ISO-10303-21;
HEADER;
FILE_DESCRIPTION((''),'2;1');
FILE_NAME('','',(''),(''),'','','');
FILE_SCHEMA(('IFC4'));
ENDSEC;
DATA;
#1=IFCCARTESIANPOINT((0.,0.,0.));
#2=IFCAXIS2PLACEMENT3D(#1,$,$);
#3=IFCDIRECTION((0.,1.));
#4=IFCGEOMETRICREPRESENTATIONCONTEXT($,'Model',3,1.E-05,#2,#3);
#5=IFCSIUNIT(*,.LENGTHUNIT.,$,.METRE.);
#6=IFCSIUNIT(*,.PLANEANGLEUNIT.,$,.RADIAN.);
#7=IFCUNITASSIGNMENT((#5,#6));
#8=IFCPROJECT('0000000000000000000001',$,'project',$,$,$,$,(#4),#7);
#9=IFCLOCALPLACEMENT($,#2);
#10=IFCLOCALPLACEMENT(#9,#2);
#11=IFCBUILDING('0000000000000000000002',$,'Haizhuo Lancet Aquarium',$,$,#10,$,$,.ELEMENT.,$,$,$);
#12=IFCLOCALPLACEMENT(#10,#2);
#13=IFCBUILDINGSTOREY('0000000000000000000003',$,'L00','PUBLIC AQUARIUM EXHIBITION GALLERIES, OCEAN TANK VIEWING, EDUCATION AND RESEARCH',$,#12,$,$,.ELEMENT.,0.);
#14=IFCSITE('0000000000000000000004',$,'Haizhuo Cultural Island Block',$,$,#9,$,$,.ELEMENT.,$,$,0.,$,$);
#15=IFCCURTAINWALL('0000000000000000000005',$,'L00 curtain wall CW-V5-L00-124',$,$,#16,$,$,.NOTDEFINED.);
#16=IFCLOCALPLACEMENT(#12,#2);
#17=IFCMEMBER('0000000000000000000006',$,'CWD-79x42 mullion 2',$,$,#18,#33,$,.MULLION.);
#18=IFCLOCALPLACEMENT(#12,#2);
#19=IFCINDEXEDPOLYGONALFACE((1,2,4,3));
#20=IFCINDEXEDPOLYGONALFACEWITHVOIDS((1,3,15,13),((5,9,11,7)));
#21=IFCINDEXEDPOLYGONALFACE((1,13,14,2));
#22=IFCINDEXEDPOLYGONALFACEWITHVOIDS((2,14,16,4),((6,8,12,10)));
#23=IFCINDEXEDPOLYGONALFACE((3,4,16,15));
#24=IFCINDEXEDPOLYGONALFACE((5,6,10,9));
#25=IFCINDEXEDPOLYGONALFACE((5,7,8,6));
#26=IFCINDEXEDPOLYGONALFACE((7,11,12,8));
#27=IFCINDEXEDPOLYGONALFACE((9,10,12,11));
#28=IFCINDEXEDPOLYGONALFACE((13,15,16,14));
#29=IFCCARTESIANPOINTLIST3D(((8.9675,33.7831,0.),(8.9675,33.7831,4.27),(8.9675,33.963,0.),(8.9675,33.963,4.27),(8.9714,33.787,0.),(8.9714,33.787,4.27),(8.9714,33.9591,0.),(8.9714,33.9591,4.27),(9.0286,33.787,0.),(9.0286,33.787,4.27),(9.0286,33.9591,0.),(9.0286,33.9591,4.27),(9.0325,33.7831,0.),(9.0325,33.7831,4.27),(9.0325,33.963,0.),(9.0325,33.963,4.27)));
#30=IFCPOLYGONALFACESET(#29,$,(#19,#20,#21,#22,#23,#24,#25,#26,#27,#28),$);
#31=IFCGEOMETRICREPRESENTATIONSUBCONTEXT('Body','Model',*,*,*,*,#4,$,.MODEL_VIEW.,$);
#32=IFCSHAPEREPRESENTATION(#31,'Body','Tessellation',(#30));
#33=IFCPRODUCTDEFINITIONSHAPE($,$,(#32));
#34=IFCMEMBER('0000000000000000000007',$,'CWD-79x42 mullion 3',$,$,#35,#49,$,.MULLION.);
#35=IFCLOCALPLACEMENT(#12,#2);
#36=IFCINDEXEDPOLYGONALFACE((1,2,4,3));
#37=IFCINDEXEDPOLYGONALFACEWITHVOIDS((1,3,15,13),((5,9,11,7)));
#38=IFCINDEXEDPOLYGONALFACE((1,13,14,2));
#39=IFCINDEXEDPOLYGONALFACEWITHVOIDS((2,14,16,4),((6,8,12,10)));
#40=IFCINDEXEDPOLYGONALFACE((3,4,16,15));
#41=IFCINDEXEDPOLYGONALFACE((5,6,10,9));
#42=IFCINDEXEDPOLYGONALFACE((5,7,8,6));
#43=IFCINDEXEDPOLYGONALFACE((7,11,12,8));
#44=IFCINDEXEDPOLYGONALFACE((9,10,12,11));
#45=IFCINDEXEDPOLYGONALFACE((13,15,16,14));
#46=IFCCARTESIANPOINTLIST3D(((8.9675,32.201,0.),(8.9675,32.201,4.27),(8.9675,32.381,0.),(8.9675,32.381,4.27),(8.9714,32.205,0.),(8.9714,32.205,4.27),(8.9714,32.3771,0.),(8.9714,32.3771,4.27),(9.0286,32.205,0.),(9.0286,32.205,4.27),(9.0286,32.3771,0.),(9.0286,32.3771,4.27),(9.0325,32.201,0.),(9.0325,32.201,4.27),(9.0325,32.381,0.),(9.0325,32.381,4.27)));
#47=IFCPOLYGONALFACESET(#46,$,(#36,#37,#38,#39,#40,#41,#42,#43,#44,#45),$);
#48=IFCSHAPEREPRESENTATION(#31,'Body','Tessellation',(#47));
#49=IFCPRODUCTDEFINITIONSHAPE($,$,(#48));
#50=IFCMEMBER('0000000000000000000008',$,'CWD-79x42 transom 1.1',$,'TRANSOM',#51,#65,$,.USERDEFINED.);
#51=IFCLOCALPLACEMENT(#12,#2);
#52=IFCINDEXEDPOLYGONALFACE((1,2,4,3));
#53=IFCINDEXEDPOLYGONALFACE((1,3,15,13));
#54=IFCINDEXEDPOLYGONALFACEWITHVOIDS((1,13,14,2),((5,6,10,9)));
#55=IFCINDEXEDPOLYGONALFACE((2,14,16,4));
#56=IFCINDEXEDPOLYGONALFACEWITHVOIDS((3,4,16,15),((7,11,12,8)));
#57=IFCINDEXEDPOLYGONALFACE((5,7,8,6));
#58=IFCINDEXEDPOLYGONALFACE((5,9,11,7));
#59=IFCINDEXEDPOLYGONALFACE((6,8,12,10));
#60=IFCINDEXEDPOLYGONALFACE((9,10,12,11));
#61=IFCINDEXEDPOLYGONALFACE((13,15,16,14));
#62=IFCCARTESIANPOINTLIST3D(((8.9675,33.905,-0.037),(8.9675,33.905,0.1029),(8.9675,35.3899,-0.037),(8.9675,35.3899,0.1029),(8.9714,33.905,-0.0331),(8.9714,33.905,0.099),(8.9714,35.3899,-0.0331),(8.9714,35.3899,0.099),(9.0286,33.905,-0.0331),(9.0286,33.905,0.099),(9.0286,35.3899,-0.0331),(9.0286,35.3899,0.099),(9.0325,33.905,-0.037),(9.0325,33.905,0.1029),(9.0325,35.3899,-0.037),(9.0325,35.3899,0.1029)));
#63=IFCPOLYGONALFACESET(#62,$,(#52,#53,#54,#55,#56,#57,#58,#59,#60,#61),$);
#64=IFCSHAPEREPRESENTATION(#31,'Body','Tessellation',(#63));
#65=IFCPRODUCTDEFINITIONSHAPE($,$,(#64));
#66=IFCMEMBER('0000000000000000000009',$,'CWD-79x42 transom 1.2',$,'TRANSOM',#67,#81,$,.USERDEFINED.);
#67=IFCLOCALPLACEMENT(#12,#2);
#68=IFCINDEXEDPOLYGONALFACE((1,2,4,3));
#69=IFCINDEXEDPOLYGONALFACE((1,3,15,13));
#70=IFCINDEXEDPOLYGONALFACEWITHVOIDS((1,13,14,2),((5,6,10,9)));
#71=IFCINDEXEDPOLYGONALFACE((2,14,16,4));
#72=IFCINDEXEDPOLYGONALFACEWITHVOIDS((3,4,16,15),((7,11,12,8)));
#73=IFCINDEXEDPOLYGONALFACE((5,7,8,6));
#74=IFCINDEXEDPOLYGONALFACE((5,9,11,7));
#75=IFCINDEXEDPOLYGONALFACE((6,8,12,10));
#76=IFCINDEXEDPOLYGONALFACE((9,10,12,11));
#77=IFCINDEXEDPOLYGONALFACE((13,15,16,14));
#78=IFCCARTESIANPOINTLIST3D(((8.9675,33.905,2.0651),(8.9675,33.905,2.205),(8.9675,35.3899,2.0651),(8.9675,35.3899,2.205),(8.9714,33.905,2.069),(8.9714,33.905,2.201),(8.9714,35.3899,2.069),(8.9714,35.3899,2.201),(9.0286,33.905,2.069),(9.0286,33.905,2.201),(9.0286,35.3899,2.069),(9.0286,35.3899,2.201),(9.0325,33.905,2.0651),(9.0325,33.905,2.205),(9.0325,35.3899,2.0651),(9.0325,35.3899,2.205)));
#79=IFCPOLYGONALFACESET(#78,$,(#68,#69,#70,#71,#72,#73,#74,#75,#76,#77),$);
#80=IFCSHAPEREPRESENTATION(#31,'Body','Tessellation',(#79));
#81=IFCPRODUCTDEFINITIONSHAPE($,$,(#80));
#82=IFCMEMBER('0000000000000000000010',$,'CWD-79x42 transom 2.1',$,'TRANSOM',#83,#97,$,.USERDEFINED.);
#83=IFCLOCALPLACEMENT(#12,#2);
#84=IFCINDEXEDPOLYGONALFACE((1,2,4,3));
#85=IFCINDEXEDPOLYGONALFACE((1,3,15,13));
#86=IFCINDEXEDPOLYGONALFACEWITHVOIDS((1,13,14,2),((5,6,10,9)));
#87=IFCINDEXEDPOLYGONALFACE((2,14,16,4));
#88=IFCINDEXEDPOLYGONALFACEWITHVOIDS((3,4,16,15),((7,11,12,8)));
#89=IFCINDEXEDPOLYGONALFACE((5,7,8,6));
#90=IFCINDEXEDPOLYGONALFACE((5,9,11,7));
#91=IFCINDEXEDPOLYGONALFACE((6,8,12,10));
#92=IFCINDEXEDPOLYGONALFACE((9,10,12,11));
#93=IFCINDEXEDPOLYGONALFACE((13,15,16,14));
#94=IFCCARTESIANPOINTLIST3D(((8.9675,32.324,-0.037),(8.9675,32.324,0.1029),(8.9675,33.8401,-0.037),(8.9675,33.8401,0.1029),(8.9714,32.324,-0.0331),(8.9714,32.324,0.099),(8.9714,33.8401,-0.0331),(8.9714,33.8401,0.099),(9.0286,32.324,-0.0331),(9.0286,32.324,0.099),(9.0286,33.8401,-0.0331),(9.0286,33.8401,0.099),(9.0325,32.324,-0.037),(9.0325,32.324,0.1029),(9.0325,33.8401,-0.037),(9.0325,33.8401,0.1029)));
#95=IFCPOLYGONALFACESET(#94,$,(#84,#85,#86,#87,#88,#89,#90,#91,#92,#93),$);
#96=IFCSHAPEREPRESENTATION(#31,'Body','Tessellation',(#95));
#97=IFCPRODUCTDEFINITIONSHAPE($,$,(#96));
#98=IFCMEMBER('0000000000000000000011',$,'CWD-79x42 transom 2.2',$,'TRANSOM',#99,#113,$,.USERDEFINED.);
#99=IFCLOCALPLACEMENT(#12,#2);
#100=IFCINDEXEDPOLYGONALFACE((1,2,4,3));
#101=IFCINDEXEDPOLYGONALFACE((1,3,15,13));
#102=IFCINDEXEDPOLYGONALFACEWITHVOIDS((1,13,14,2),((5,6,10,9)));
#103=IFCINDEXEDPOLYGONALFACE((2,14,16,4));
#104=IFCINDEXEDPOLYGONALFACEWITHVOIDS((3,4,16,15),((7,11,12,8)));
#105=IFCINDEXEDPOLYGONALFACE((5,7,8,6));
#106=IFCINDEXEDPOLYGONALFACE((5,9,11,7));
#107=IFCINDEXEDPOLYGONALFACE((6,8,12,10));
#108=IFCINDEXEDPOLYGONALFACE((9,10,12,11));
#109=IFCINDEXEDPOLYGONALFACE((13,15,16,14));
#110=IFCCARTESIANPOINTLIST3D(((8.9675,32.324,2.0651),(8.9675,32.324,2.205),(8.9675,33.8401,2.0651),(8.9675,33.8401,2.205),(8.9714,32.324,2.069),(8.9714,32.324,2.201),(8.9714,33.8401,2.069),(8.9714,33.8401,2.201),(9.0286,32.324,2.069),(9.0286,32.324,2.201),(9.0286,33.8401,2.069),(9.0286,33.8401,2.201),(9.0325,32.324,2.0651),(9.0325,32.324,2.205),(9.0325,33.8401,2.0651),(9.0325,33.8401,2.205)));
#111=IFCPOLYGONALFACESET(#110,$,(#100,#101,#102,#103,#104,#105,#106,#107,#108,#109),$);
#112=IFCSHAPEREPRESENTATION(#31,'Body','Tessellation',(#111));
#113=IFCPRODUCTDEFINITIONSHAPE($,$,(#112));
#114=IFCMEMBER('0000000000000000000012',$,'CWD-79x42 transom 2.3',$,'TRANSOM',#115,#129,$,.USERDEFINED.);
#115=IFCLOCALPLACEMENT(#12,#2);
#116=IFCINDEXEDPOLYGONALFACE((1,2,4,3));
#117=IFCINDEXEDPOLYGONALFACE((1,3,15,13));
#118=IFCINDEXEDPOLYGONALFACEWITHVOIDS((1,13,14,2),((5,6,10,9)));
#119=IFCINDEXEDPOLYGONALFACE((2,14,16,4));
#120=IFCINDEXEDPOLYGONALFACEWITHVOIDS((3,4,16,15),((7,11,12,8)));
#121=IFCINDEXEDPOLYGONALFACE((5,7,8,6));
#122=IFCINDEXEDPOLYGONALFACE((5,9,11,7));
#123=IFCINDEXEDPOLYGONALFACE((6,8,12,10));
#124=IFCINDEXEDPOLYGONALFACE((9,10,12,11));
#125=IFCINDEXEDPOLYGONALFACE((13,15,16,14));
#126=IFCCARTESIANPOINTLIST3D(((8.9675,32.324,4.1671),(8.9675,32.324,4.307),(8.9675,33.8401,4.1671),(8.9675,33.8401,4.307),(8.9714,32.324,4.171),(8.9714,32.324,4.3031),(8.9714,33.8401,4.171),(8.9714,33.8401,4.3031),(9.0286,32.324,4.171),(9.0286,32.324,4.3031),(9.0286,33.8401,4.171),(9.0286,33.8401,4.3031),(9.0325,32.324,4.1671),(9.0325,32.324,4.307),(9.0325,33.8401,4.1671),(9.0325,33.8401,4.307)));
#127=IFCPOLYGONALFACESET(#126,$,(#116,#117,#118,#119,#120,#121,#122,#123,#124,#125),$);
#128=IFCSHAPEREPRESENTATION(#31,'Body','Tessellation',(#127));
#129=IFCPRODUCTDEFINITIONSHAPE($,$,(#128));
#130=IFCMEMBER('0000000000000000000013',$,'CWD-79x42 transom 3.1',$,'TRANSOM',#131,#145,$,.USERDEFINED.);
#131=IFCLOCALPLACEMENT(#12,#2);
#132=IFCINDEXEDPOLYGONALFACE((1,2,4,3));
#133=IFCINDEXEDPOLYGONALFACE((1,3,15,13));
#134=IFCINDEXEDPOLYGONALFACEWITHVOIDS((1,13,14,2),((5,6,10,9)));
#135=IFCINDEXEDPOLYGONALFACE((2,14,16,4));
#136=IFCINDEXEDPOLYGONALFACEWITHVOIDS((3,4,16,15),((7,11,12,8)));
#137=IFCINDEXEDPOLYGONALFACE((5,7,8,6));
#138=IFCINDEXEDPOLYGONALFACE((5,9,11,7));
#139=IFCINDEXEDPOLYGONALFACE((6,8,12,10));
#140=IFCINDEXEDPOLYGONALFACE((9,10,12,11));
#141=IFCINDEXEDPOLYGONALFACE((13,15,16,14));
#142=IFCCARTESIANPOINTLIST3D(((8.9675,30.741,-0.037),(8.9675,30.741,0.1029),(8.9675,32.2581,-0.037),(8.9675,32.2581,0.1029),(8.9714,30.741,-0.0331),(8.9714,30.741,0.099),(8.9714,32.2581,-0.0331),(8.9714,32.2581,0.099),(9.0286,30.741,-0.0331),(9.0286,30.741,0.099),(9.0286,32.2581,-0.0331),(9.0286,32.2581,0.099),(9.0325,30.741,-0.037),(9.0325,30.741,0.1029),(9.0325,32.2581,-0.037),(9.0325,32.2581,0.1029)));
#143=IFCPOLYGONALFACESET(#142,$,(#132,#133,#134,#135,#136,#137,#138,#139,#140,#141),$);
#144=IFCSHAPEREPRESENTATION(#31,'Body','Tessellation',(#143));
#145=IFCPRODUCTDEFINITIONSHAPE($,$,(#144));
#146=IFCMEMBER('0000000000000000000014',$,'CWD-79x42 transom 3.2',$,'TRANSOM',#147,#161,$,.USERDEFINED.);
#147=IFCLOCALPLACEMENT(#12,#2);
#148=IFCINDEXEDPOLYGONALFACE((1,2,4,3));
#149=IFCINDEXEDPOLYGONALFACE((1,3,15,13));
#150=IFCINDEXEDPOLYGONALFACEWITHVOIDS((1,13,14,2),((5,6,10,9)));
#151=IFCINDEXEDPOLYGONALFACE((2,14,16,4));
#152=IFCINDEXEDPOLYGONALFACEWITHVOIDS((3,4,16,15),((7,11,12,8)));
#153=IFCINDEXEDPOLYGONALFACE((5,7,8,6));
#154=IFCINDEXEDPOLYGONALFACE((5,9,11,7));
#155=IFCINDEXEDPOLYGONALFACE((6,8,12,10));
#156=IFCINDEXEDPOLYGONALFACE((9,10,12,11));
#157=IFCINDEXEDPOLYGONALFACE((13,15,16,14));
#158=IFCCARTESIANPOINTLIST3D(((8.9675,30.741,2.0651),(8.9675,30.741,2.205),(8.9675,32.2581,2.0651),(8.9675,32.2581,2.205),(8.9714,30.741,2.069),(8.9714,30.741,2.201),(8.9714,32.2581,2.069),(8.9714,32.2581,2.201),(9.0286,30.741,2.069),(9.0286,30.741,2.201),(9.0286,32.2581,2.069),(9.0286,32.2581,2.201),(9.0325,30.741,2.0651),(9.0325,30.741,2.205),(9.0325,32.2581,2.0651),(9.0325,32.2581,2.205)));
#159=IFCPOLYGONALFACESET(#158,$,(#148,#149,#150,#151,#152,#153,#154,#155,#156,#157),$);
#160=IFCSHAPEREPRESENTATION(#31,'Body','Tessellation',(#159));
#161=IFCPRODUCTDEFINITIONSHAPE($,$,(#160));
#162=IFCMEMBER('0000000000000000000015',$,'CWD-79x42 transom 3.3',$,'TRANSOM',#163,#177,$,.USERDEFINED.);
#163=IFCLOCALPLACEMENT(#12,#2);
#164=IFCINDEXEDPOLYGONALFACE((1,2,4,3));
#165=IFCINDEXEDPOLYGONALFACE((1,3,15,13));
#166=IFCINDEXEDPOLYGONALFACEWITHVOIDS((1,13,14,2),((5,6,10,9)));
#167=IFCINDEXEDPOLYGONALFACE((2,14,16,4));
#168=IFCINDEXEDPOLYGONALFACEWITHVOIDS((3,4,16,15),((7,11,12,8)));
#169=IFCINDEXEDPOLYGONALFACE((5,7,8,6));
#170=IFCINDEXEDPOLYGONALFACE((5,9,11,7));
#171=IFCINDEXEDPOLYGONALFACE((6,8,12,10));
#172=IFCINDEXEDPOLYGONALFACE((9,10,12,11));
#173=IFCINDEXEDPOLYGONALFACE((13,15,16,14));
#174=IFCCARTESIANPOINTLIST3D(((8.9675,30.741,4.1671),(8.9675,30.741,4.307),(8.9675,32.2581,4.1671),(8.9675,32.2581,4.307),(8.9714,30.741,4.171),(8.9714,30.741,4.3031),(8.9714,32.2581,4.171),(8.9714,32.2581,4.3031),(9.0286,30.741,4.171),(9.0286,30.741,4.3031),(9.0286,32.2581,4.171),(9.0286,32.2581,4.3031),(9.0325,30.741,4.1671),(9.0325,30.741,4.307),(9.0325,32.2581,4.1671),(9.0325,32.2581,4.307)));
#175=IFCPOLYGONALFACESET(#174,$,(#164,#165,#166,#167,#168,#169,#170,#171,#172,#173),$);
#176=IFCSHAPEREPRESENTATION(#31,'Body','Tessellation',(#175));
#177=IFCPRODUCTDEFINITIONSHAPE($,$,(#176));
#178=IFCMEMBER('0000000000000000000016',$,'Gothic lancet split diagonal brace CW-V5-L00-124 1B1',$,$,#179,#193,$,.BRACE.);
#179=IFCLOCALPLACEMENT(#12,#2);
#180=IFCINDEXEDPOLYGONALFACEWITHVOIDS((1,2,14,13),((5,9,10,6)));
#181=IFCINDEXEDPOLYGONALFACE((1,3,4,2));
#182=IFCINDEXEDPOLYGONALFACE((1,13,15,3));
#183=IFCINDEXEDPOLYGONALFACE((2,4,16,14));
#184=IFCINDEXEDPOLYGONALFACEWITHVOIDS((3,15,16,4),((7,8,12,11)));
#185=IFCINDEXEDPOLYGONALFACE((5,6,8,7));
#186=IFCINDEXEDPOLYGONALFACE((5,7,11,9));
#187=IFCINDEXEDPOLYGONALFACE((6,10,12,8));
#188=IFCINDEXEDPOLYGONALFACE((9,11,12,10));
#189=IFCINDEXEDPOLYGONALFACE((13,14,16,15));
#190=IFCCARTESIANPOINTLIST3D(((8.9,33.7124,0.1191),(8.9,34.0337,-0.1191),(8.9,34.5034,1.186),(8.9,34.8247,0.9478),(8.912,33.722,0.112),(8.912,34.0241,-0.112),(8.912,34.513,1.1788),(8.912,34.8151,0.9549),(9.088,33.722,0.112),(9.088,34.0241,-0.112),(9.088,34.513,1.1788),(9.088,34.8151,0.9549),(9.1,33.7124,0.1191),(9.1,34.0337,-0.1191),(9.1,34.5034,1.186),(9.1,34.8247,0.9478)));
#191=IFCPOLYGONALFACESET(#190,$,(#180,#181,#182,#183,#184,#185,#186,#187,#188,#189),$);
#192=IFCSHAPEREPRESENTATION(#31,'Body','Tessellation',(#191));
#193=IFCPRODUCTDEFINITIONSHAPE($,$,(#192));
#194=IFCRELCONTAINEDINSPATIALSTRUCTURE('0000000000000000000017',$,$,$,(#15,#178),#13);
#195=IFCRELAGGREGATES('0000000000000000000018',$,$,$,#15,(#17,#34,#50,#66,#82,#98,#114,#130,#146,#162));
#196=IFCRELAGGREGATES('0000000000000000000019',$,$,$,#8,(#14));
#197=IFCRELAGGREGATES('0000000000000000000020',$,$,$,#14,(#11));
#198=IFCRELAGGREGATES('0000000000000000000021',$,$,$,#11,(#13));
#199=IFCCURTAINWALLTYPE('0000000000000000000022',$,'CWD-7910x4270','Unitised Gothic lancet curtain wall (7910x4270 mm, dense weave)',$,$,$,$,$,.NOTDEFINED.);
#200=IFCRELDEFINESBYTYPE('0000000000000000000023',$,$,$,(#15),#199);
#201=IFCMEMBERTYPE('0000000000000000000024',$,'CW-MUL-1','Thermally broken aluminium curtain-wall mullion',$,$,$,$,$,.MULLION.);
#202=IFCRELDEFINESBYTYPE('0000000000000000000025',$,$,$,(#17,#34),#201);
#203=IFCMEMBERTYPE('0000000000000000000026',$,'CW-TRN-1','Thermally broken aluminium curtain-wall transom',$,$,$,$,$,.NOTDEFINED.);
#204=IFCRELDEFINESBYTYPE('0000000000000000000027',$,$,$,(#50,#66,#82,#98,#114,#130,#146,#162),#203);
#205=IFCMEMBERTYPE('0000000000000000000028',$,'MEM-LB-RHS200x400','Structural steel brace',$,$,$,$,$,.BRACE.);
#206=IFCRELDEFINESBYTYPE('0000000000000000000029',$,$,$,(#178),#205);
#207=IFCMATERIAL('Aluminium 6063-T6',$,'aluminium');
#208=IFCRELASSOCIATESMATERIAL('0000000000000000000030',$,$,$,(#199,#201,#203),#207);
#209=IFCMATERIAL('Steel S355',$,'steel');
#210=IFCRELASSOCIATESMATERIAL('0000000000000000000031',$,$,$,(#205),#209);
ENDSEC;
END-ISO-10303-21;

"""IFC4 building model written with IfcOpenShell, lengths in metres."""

from ifc_helpers import new_model, si_unit, direction, frame, origin, origin_2d, place, context, subcontext, project, spatial, hollow_rectangle, extrude, material, material_profile, profile_set, type_object, element, aggregate, save


model = new_model("IFC4")

# Units and contexts
model_context = context("Model", 3, precision=1e-05, world=origin(), true_north=direction((0.0, 1.0)))
body_context = subcontext(model_context, "Body", "Model", "MODEL_VIEW")
ifc_project = project(units=[si_unit("LENGTHUNIT", "METRE"), si_unit("PLANEANGLEUNIT", "RADIAN")], contexts=[model_context])

# Site, building, storey
site_placement = place(None, origin())
site = spatial("IfcSite", under=ifc_project, at=site_placement, Name="Haizhuo Cultural Island Block", CompositionType="ELEMENT", RefElevation=0.0)
building_placement = place(site_placement, origin())
building = spatial("IfcBuilding", under=site, at=building_placement, Name="Haizhuo Lancet Aquarium", CompositionType="ELEMENT")
storey_placement = place(building_placement, origin())
storey = spatial("IfcBuildingStorey", under=building, at=storey_placement, Name="L00", Description="PUBLIC AQUARIUM EXHIBITION GALLERIES, OCEAN TANK VIEWING, EDUCATION AND RESEARCH", CompositionType="ELEMENT", Elevation=0.0)

# Curtain wall, members
ifc_material_1 = material(Name="Aluminium 6063-T6", Category="aluminium")
curtain_wall_type = type_object("IfcCurtainWallType", Name="CWD-7910x4270", Description="Unitised Gothic lancet curtain wall (7910x4270 mm, dense weave)", PredefinedType="NOTDEFINED", material=ifc_material_1)
curtain_wall_placement = place(storey_placement, origin())
curtain_wall = element("IfcCurtainWall", 1, at=curtain_wall_placement, inside=storey, type_object=curtain_wall_type, Name="L00 curtain wall CW-V5-L00-124", PredefinedType="NOTDEFINED")
ifc_material_profile_1 = material_profile(ifc_material_1, hollow_rectangle(XDim=0.0649, YDim=0.1799, WallThickness=0.0039, at=origin_2d()), Name="ALU-M 65x180x4")
ifc_profile_set_1 = profile_set([ifc_material_profile_1], Name="Aluminium 6063-T6")
member_type_1 = type_object("IfcMemberType", Name="CW-MUL-1", Description="Thermally broken aluminium curtain-wall mullion", PredefinedType="MULLION", material=ifc_profile_set_1)
member_1_placement = place(storey_placement, frame((9.0, 33.873, 0.0), z_axis=(0.0, 0.0, 1.0), x_axis=(1.0, 0.0, 0.0)))
member_1 = element("IfcMember", 2, at=member_1_placement, type_object=member_type_1, Name="CWD-79x42 mullion 2", PredefinedType="MULLION", context=body_context, shape_type="SweptSolid", body=[
    extrude(hollow_rectangle(XDim=0.0649, YDim=0.1799, WallThickness=0.0039, at=origin_2d()), origin(), (0.0, 0.0, 1.0), 4.27),
])
member_2_placement = place(storey_placement, frame((9.0, 32.291, 0.0), z_axis=(0.0, 0.0, 1.0), x_axis=(1.0, 0.0, 0.0)))
member_2 = element("IfcMember", 3, at=member_2_placement, type_object=member_type_1, Name="CWD-79x42 mullion 3", PredefinedType="MULLION", context=body_context, shape_type="SweptSolid", body=[
    extrude(hollow_rectangle(XDim=0.0649, YDim=0.1799, WallThickness=0.0039, at=origin_2d()), origin(), (0.0, 0.0, 1.0), 4.27),
])
ifc_material_profile_2 = material_profile(ifc_material_1, hollow_rectangle(XDim=0.0649, YDim=0.1399, WallThickness=0.0039, at=origin_2d()), Name="ALU-T 65x140x4")
ifc_profile_set_2 = profile_set([ifc_material_profile_2], Name="Aluminium 6063-T6")
member_type_2 = type_object("IfcMemberType", Name="CW-TRN-1", Description="Thermally broken aluminium curtain-wall transom", PredefinedType="NOTDEFINED", material=ifc_profile_set_2)
member_3_placement = place(storey_placement, frame((9.0, 35.3899, 0.033), z_axis=(0.0, -1.0, 0.0), x_axis=(1.0, 0.0, 0.0)))
member_3 = element("IfcMember", 4, at=member_3_placement, type_object=member_type_2, Name="CWD-79x42 transom 1.1", ObjectType="TRANSOM", PredefinedType="USERDEFINED", context=body_context, shape_type="SweptSolid", body=[
    extrude(hollow_rectangle(XDim=0.0649, YDim=0.1399, WallThickness=0.0039, at=origin_2d()), origin(), (0.0, 0.0, 1.0), 1.4849),
])
member_4_placement = place(storey_placement, frame((9.0, 35.3899, 2.135), z_axis=(0.0, -1.0, 0.0), x_axis=(1.0, 0.0, 0.0)))
member_4 = element("IfcMember", 5, at=member_4_placement, type_object=member_type_2, Name="CWD-79x42 transom 1.2", ObjectType="TRANSOM", PredefinedType="USERDEFINED", context=body_context, shape_type="SweptSolid", body=[
    extrude(hollow_rectangle(XDim=0.0649, YDim=0.1399, WallThickness=0.0039, at=origin_2d()), origin(), (0.0, 0.0, 1.0), 1.4849),
])
member_5_placement = place(storey_placement, frame((9.0, 33.8401, 0.033), z_axis=(0.0, -1.0, 0.0), x_axis=(1.0, 0.0, 0.0)))
member_5 = element("IfcMember", 6, at=member_5_placement, type_object=member_type_2, Name="CWD-79x42 transom 2.1", ObjectType="TRANSOM", PredefinedType="USERDEFINED", context=body_context, shape_type="SweptSolid", body=[
    extrude(hollow_rectangle(XDim=0.0649, YDim=0.1399, WallThickness=0.0039, at=origin_2d()), origin(), (0.0, 0.0, 1.0), 1.5161),
])
member_6_placement = place(storey_placement, frame((9.0, 33.8401, 2.135), z_axis=(0.0, -1.0, 0.0), x_axis=(1.0, 0.0, 0.0)))
member_6 = element("IfcMember", 7, at=member_6_placement, type_object=member_type_2, Name="CWD-79x42 transom 2.2", ObjectType="TRANSOM", PredefinedType="USERDEFINED", context=body_context, shape_type="SweptSolid", body=[
    extrude(hollow_rectangle(XDim=0.0649, YDim=0.1399, WallThickness=0.0039, at=origin_2d()), origin(), (0.0, 0.0, 1.0), 1.5161),
])
member_7_placement = place(storey_placement, frame((9.0, 33.8401, 4.2371), z_axis=(0.0, -1.0, 0.0), x_axis=(1.0, 0.0, 0.0)))
member_7 = element("IfcMember", 8, at=member_7_placement, type_object=member_type_2, Name="CWD-79x42 transom 2.3", ObjectType="TRANSOM", PredefinedType="USERDEFINED", context=body_context, shape_type="SweptSolid", body=[
    extrude(hollow_rectangle(XDim=0.0649, YDim=0.1399, WallThickness=0.0039, at=origin_2d()), origin(), (0.0, 0.0, 1.0), 1.5161),
])
member_8_placement = place(storey_placement, frame((9.0, 32.2581, 0.033), z_axis=(0.0, -1.0, 0.0), x_axis=(1.0, 0.0, 0.0)))
member_8 = element("IfcMember", 9, at=member_8_placement, type_object=member_type_2, Name="CWD-79x42 transom 3.1", ObjectType="TRANSOM", PredefinedType="USERDEFINED", context=body_context, shape_type="SweptSolid", body=[
    extrude(hollow_rectangle(XDim=0.0649, YDim=0.1399, WallThickness=0.0039, at=origin_2d()), origin(), (0.0, 0.0, 1.0), 1.5171),
])
member_9_placement = place(storey_placement, frame((9.0, 32.2581, 2.135), z_axis=(0.0, -1.0, 0.0), x_axis=(1.0, 0.0, 0.0)))
member_9 = element("IfcMember", 10, at=member_9_placement, type_object=member_type_2, Name="CWD-79x42 transom 3.2", ObjectType="TRANSOM", PredefinedType="USERDEFINED", context=body_context, shape_type="SweptSolid", body=[
    extrude(hollow_rectangle(XDim=0.0649, YDim=0.1399, WallThickness=0.0039, at=origin_2d()), origin(), (0.0, 0.0, 1.0), 1.5171),
])
member_10_placement = place(storey_placement, frame((9.0, 32.2581, 4.2371), z_axis=(0.0, -1.0, 0.0), x_axis=(1.0, 0.0, 0.0)))
member_10 = element("IfcMember", 11, at=member_10_placement, type_object=member_type_2, Name="CWD-79x42 transom 3.3", ObjectType="TRANSOM", PredefinedType="USERDEFINED", context=body_context, shape_type="SweptSolid", body=[
    extrude(hollow_rectangle(XDim=0.0649, YDim=0.1399, WallThickness=0.0039, at=origin_2d()), origin(), (0.0, 0.0, 1.0), 1.5171),
])

# Member
ifc_material_2 = material(Name="Steel S355", Category="steel")
ifc_material_profile_3 = material_profile(ifc_material_2, hollow_rectangle(XDim=0.2, YDim=0.3999, WallThickness=0.012, at=origin_2d()), Name="RHS 200x400x12")
ifc_profile_set_3 = profile_set([ifc_material_profile_3], Name="Steel S355")
member_type_3 = type_object("IfcMemberType", Name="MEM-LB-RHS200x400", Description="Structural steel brace", PredefinedType="BRACE", material=ifc_profile_set_3)
member_11_placement = place(storey_placement, frame((9.0, 33.873, 0.0), z_axis=(0.0, 0.595579, 0.803297), x_axis=(-1.0, 0.0, 0.0)))
element("IfcMember", 12, at=member_11_placement, inside=storey, type_object=member_type_3, Name="Gothic lancet split diagonal brace CW-V5-L00-124 1B1", PredefinedType="BRACE", context=body_context, shape_type="SweptSolid", body=[
    extrude(hollow_rectangle(XDim=0.2, YDim=0.3999, WallThickness=0.012, at=origin_2d()), origin(), (0.0, 0.0, 1.0), 1.3281),
])

aggregate(curtain_wall, [member_1, member_2, member_3, member_4, member_5, member_6, member_7, member_8, member_9, member_10])

save(model, "model.ifc")
